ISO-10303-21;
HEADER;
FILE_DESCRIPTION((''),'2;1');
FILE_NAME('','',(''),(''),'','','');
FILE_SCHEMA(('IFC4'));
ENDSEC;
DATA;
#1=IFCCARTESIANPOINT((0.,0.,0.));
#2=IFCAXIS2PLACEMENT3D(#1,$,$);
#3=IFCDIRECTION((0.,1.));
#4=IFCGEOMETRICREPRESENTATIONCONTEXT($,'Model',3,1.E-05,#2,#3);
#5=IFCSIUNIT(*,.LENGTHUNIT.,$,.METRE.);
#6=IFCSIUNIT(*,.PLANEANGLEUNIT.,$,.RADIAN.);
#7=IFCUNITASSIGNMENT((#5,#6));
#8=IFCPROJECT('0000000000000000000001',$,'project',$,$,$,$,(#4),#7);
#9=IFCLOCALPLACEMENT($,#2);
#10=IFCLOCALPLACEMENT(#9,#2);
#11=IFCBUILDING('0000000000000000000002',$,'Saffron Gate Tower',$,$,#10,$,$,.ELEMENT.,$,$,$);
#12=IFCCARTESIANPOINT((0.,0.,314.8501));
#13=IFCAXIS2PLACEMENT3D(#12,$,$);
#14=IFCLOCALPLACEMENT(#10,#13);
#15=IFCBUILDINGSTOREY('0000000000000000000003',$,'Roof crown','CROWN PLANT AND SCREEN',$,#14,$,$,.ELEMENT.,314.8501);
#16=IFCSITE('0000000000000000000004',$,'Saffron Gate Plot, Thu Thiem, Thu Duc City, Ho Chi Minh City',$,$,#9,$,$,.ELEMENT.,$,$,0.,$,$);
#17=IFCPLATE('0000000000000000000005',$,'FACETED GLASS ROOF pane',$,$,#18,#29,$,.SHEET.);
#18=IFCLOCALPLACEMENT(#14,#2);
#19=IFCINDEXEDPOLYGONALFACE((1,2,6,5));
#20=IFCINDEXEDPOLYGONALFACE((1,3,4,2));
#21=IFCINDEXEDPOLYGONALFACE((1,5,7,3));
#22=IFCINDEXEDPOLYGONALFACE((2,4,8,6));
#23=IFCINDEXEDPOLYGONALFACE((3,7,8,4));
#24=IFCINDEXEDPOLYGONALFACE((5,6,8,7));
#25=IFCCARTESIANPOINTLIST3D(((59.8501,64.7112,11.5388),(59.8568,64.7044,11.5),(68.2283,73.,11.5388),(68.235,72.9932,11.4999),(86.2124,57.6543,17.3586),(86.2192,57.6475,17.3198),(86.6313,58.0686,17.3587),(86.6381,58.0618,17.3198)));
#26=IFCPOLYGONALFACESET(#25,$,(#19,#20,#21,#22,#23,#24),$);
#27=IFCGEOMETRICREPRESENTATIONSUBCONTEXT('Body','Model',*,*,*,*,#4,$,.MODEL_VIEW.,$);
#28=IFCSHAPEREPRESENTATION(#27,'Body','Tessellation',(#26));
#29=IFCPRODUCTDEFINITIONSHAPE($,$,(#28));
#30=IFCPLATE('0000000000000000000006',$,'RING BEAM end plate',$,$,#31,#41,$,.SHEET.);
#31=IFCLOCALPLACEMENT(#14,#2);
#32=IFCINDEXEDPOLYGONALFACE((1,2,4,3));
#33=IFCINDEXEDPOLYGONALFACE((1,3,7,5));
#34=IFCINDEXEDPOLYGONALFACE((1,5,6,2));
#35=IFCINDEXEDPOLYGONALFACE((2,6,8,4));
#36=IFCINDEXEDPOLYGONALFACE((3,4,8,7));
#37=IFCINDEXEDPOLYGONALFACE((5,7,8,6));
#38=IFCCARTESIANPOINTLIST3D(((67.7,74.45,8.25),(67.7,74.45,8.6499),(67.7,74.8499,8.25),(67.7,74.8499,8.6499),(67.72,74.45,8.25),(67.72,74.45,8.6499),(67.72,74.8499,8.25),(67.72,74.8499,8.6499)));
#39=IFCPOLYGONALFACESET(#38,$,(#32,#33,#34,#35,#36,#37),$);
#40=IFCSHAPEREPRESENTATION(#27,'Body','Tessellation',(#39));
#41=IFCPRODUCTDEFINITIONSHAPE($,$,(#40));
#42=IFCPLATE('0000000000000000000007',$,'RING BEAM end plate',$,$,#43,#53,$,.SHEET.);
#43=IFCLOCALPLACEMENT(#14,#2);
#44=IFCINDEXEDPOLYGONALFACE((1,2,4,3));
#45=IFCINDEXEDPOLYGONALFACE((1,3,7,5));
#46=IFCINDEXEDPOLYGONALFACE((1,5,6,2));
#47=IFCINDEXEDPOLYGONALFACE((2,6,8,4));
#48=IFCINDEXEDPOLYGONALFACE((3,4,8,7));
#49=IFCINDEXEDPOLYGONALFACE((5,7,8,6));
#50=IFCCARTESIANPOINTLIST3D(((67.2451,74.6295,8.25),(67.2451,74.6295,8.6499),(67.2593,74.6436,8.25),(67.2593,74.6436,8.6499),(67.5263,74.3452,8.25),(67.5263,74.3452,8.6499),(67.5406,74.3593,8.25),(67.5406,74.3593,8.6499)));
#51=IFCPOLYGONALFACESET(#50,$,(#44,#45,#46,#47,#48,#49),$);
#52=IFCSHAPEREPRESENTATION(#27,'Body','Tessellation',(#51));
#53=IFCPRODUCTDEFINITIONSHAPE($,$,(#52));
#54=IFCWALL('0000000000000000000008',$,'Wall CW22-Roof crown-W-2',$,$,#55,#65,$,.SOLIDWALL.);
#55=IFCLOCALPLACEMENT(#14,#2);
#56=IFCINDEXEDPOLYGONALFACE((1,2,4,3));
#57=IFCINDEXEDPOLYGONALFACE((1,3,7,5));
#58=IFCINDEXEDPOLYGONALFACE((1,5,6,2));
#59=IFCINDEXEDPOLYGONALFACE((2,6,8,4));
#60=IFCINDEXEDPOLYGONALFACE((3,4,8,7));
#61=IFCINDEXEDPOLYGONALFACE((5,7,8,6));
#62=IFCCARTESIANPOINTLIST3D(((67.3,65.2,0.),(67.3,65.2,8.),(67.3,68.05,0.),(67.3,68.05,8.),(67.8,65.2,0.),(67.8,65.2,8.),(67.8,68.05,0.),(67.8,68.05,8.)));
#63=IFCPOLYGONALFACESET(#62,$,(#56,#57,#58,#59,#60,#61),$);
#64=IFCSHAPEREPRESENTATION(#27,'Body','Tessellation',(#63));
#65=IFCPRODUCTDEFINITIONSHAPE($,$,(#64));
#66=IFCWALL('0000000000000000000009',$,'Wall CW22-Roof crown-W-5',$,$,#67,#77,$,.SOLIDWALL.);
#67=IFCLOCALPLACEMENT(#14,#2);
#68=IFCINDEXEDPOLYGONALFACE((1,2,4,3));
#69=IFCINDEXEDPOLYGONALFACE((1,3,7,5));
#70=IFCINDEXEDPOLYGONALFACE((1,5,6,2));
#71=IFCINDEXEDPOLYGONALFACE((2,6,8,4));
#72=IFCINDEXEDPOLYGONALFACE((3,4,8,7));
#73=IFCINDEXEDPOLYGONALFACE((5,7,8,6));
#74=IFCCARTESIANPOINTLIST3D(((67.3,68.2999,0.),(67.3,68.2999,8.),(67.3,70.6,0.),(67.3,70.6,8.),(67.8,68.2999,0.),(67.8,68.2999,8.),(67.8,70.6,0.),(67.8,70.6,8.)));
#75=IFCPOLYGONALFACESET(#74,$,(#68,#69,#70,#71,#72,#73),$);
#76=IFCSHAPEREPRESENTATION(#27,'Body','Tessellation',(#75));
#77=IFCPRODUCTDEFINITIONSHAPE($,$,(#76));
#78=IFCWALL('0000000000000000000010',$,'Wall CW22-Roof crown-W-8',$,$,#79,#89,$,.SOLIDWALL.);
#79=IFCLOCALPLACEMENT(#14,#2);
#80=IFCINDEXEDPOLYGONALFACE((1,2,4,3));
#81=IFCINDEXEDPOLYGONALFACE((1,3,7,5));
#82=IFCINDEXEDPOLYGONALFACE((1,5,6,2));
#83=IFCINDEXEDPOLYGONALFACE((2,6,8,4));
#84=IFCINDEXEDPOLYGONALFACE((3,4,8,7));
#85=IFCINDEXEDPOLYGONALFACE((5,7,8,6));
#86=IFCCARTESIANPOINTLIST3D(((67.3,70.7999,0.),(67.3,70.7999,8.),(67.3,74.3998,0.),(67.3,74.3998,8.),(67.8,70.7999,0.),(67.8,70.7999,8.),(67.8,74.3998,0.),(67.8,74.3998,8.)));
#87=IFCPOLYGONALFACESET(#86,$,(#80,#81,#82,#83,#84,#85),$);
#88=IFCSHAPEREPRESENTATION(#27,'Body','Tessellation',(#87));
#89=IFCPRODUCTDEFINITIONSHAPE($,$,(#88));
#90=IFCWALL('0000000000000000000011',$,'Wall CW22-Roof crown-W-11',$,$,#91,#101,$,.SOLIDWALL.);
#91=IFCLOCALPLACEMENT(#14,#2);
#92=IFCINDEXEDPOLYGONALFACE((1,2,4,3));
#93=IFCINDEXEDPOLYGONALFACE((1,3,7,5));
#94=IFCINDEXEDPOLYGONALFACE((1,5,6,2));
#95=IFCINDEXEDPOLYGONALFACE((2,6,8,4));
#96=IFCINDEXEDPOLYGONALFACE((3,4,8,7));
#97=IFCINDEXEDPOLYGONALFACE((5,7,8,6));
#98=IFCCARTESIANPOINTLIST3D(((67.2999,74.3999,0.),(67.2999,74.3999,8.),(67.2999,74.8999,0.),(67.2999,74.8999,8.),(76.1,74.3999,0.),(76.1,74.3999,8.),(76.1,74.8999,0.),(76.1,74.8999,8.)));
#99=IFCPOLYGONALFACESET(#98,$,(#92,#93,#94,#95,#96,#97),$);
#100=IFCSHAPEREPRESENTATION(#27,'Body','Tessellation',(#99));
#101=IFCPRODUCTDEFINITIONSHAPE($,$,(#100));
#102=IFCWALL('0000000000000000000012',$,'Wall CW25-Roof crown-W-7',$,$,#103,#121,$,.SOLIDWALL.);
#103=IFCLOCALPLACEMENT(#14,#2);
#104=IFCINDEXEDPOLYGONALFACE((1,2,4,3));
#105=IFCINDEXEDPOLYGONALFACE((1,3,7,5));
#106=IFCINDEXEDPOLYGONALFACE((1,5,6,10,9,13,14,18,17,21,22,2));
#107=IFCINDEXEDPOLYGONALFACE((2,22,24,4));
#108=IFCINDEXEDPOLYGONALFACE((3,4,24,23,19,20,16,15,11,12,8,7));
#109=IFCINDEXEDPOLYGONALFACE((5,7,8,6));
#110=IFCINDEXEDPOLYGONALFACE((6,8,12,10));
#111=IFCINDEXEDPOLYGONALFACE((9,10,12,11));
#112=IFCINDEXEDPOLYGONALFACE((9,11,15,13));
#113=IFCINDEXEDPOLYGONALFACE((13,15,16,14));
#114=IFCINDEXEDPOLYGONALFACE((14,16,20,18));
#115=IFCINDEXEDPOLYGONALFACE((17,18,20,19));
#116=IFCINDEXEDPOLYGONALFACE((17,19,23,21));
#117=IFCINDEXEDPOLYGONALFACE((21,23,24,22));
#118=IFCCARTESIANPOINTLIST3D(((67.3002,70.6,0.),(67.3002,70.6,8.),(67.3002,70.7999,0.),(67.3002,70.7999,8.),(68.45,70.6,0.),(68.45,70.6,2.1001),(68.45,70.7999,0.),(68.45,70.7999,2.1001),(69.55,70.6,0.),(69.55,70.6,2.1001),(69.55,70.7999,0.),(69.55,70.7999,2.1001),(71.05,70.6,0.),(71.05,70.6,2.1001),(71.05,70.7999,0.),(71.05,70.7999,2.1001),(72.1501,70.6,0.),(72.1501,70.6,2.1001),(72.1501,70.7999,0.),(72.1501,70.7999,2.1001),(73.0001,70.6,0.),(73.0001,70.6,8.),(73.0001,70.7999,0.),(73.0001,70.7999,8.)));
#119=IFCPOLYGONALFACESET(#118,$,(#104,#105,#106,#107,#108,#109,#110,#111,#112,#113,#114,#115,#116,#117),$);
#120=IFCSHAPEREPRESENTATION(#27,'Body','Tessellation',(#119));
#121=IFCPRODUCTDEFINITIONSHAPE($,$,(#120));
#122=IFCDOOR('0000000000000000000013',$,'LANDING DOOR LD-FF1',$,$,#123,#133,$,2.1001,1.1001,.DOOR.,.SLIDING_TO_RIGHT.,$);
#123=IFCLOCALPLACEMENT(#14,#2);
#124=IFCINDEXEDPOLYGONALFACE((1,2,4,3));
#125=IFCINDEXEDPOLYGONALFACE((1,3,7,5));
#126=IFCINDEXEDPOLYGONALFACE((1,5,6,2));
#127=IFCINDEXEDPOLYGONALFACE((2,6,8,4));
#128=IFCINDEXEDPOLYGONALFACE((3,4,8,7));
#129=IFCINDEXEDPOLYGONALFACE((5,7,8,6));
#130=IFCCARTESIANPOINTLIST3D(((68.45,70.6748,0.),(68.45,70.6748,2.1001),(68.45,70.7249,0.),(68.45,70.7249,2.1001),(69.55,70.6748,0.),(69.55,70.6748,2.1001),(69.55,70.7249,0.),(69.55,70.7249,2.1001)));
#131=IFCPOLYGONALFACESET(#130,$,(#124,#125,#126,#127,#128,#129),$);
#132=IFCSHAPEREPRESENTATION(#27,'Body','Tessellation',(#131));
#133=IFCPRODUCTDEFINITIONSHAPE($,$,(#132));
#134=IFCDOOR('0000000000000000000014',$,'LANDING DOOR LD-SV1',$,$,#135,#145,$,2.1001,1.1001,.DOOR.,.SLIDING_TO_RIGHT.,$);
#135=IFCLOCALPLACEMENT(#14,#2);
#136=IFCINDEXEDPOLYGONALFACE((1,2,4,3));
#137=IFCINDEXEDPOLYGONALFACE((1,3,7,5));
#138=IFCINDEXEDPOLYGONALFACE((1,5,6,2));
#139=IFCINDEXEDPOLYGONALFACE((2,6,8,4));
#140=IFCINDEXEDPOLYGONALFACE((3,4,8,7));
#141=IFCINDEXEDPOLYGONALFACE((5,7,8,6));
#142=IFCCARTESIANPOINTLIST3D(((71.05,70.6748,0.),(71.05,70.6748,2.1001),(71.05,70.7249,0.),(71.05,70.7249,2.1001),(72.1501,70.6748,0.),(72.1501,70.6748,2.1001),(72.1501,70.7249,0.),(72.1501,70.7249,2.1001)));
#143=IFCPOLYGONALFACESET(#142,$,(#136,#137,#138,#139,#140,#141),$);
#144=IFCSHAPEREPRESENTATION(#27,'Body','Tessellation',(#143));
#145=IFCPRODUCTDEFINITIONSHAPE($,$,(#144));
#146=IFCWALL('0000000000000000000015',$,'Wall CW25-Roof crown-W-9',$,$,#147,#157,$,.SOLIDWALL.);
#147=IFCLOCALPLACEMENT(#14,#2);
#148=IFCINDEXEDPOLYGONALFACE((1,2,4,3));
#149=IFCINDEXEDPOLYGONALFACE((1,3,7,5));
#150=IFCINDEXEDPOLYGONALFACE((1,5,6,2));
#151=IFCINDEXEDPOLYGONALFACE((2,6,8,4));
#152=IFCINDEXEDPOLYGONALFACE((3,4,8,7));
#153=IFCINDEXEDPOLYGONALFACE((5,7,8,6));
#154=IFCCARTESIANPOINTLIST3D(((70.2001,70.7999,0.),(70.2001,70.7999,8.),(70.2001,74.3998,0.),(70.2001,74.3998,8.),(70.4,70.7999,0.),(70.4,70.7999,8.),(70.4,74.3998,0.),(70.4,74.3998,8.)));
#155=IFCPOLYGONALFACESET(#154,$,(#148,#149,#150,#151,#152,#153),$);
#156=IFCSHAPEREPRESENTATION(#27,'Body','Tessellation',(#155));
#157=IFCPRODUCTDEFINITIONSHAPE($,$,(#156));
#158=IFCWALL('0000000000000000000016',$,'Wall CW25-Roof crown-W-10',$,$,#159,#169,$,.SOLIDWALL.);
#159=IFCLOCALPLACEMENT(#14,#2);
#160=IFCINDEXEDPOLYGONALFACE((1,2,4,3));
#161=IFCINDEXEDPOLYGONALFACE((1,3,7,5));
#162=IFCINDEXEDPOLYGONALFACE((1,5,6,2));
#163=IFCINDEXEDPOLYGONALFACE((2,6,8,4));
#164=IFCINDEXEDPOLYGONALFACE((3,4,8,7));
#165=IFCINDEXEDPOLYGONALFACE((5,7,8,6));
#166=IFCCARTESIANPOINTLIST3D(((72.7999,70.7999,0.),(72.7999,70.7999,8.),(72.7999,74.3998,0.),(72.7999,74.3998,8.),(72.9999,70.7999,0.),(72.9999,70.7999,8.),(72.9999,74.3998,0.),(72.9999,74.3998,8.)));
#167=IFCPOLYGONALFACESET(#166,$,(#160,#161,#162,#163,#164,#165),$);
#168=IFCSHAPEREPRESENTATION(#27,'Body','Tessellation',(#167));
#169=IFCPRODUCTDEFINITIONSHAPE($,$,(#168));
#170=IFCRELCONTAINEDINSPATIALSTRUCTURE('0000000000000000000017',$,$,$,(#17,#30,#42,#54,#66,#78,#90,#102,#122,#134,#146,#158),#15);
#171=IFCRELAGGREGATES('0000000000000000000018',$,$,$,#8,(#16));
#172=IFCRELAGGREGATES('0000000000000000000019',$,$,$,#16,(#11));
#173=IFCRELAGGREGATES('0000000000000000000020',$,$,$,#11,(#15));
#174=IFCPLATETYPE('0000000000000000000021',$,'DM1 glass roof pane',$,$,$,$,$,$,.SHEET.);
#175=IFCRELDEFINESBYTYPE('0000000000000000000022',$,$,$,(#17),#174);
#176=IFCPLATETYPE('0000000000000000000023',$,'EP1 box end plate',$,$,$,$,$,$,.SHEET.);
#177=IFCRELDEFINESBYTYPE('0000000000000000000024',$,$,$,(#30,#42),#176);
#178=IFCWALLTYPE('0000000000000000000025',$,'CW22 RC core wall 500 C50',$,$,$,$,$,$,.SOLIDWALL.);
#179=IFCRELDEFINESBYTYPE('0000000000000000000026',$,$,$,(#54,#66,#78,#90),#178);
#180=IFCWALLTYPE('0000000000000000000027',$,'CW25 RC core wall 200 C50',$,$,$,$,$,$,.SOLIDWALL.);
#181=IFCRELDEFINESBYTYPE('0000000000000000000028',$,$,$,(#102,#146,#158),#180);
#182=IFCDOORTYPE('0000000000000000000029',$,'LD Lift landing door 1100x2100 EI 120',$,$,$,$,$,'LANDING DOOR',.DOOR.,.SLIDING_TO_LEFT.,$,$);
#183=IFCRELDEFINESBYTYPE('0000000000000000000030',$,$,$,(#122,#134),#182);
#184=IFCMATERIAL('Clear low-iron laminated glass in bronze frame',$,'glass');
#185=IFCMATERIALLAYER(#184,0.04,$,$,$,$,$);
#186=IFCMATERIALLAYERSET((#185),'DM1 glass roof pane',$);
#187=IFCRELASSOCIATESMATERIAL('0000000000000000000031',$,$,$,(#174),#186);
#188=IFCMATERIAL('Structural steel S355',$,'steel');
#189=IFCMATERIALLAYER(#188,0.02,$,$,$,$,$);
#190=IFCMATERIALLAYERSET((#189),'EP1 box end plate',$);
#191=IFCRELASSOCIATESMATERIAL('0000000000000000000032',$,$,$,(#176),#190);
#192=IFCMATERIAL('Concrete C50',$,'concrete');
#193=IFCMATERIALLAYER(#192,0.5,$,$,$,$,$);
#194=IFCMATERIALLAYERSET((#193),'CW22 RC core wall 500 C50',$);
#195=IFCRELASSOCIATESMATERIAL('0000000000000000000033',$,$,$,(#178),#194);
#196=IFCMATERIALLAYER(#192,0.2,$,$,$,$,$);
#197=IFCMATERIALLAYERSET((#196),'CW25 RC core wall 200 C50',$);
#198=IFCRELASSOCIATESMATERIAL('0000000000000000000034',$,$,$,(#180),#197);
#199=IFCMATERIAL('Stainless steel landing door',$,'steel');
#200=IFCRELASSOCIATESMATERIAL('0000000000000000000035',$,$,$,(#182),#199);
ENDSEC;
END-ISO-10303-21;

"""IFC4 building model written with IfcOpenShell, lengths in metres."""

from ifc_helpers import new_model, si_unit, direction, frame, frame_2d, origin, origin_2d, place, context, subcontext, project, spatial, polyline, rectangle, outline, extrude, material, layer, layer_set, type_object, element, fill, save


model = new_model("IFC4")

# Units and contexts
model_context = context("Model", 3, precision=1e-05, world=origin(), true_north=direction((0.0, 1.0)))
body_context = subcontext(model_context, "Body", "Model", "MODEL_VIEW")
ifc_project = project(units=[si_unit("LENGTHUNIT", "METRE"), si_unit("PLANEANGLEUNIT", "RADIAN")], contexts=[model_context])

# Site, building, storey
site_placement = place(None, origin())
site = spatial("IfcSite", under=ifc_project, at=site_placement, Name="Saffron Gate Plot, Thu Thiem, Thu Duc City, Ho Chi Minh City", CompositionType="ELEMENT", RefElevation=0.0)
building_placement = place(site_placement, origin())
building = spatial("IfcBuilding", under=site, at=building_placement, Name="Saffron Gate Tower", CompositionType="ELEMENT")
storey_placement = place(building_placement, frame((0.0, 0.0, 314.8501)))
storey = spatial("IfcBuildingStorey", under=building, at=storey_placement, Name="Roof crown", Description="CROWN PLANT AND SCREEN", CompositionType="ELEMENT", Elevation=314.8501)

# Shared definitions
ifc_material_1 = material(Name="Structural steel S355", Category="steel")

# Plates
ifc_material_2 = material(Name="Clear low-iron laminated glass in bronze frame", Category="glass")
ifc_layer_1 = layer(ifc_material_2, 0.04)
ifc_layer_set_1 = layer_set([ifc_layer_1], Name="DM1 glass roof pane")
plate_type_1 = type_object("IfcPlateType", Name="DM1 glass roof pane", PredefinedType="SHEET", material=ifc_layer_set_1)
plate_1_placement = place(storey_placement, frame((68.2283, 73.0, 11.5388), z_axis=(-0.168678, 0.1705, 0.970813), x_axis=(-0.710888, -0.703305, 0.000002)))
element("IfcPlate", 1, at=plate_1_placement, inside=storey, type_object=plate_type_1, Name="FACETED GLASS ROOF pane", PredefinedType="SHEET", context=body_context, shape_type="SweptSolid", body=[
    extrude(outline(polyline([(0.0, 0.0), (11.7855, 0.0), (-1.992, 24.2657), (-2.5812, 24.2658), (0.0, 0.0)])), origin(), (0.0, 0.0, -1.0), 0.04),
])
ifc_layer_2 = layer(ifc_material_1, 0.02)
ifc_layer_set_2 = layer_set([ifc_layer_2], Name="EP1 box end plate")
plate_type_2 = type_object("IfcPlateType", Name="EP1 box end plate", PredefinedType="SHEET", material=ifc_layer_set_2)
for number, where, z_axis, x_axis, name in (
    (2, (67.71, 74.6499, 8.25), (0.0, 0.0, 1.0), (-1.0, 0.0, 0.0), "RING BEAM end plate"),
    (3, (67.3928, 74.4944, 8.25), (0.0, 0.0, 1.0), (-0.710903, -0.70329, 0.0), "RING BEAM end plate"),
):
    element("IfcPlate", number, at=place(storey_placement, frame(where, z_axis=z_axis, x_axis=x_axis)), inside=storey, type_object=plate_type_2, Name=name, PredefinedType="SHEET", context=body_context, shape_type="SweptSolid", body=[
        extrude(rectangle(XDim=0.02, YDim=0.3999, at=origin_2d()), origin(), (0.0, 0.0, 1.0), 0.3999),
    ])

# Walls
ifc_material_3 = material(Name="Concrete C50", Category="concrete")
ifc_layer_3 = layer(ifc_material_3, 0.5)
ifc_layer_set_3 = layer_set([ifc_layer_3], Name="CW22 RC core wall 500 C50")
wall_type_1 = type_object("IfcWallType", Name="CW22 RC core wall 500 C50", PredefinedType="SOLIDWALL", material=ifc_layer_set_3)
wall_1_placement = place(storey_placement, frame((67.55, 65.2, 0.0), z_axis=(0.0, 0.0, 1.0), x_axis=(0.0, 1.0, 0.0)))
element("IfcWall", 4, at=wall_1_placement, inside=storey, type_object=wall_type_1, Name="Wall CW22-Roof crown-W-2", PredefinedType="SOLIDWALL", context=body_context, shape_type="SweptSolid", body=[
    extrude(rectangle(XDim=2.8501, YDim=0.5, at=frame_2d((1.425, 0.0))), origin(), (0.0, 0.0, 1.0), 8.0),
])
wall_2_placement = place(storey_placement, frame((67.55, 68.3, 0.0), z_axis=(0.0, 0.0, 1.0), x_axis=(0.0, 1.0, 0.0)))
element("IfcWall", 5, at=wall_2_placement, inside=storey, type_object=wall_type_1, Name="Wall CW22-Roof crown-W-5", PredefinedType="SOLIDWALL", context=body_context, shape_type="SweptSolid", body=[
    extrude(rectangle(XDim=2.3, YDim=0.5, at=frame_2d((1.1499, 0.0))), origin(), (0.0, 0.0, 1.0), 8.0),
])
wall_3_placement = place(storey_placement, frame((67.55, 70.8, 0.0), z_axis=(0.0, 0.0, 1.0), x_axis=(0.0, 1.0, 0.0)))
element("IfcWall", 6, at=wall_3_placement, inside=storey, type_object=wall_type_1, Name="Wall CW22-Roof crown-W-8", PredefinedType="SOLIDWALL", context=body_context, shape_type="SweptSolid", body=[
    extrude(rectangle(XDim=3.5999, YDim=0.5, at=frame_2d((1.7998, 0.0))), origin(), (0.0, 0.0, 1.0), 8.0),
])
wall_4_placement = place(storey_placement, frame((67.3, 74.6499, 0.0), z_axis=(0.0, 0.0, 1.0), x_axis=(1.0, 0.0, 0.0)))
element("IfcWall", 7, at=wall_4_placement, inside=storey, type_object=wall_type_1, Name="Wall CW22-Roof crown-W-11", PredefinedType="SOLIDWALL", context=body_context, shape_type="SweptSolid", body=[
    extrude(rectangle(XDim=8.8, YDim=0.5, at=frame_2d((4.3999, 0.0))), origin(), (0.0, 0.0, 1.0), 8.0),
])

# Wall, openings, doors
ifc_layer_4 = layer(ifc_material_3, 0.2)
ifc_layer_set_4 = layer_set([ifc_layer_4], Name="CW25 RC core wall 200 C50")
wall_type_2 = type_object("IfcWallType", Name="CW25 RC core wall 200 C50", PredefinedType="SOLIDWALL", material=ifc_layer_set_4)
wall_5_placement = place(storey_placement, frame((67.3, 70.7, 0.0), z_axis=(0.0, 0.0, 1.0), x_axis=(1.0, 0.0, 0.0)))
wall_5 = element("IfcWall", 8, at=wall_5_placement, inside=storey, type_object=wall_type_2, Name="Wall CW25-Roof crown-W-7", PredefinedType="SOLIDWALL", context=body_context, shape_type="SweptSolid", body=[
    extrude(rectangle(XDim=5.7, YDim=0.2, at=frame_2d((2.8501, 0.0))), origin(), (0.0, 0.0, 1.0), 8.0),
])
opening_1_placement = place(wall_5_placement, frame((1.1499, 0.0, 0.0)))
opening_1 = element("IfcOpeningElement", 9, at=opening_1_placement, cuts=wall_5, PredefinedType="OPENING", context=body_context, shape_type="SweptSolid", body=[
    extrude(rectangle(XDim=1.1001, YDim=2.1001, at=frame_2d((0.55, 1.05))), frame((0.0, 0.1099, 0.0), z_axis=(0.0, -1.0, 0.0), x_axis=(1.0, 0.0, 0.0)), (0.0, 0.0, 1.0), 0.22),
])
opening_2_placement = place(wall_5_placement, frame((3.75, 0.0, 0.0)))
opening_2 = element("IfcOpeningElement", 10, at=opening_2_placement, cuts=wall_5, PredefinedType="OPENING", context=body_context, shape_type="SweptSolid", body=[
    extrude(rectangle(XDim=1.1001, YDim=2.1001, at=frame_2d((0.55, 1.05))), frame((0.0, 0.1099, 0.0), z_axis=(0.0, -1.0, 0.0), x_axis=(1.0, 0.0, 0.0)), (0.0, 0.0, 1.0), 0.22),
])
ifc_material_4 = material(Name="Stainless steel landing door", Category="steel")
door_type = type_object("IfcDoorType", Name="LD Lift landing door 1100x2100 EI 120", ElementType="LANDING DOOR", OperationType="SLIDING_TO_LEFT", PredefinedType="DOOR", material=ifc_material_4)
door_1_placement = place(opening_1_placement, origin())
door_1 = element("IfcDoor", 11, at=door_1_placement, inside=storey, type_object=door_type, Name="LANDING DOOR LD-FF1", OperationType="SLIDING_TO_RIGHT", OverallHeight=2.1001, OverallWidth=1.1001, PredefinedType="DOOR", context=body_context, shape_type="SweptSolid", body=[
    extrude(rectangle(XDim=1.1001, YDim=2.1001, at=frame_2d((0.55, 1.05))), frame((0.0, 0.0249, 0.0), z_axis=(0.0, -1.0, 0.0), x_axis=(1.0, 0.0, 0.0)), (0.0, 0.0, 1.0), 0.05),
])
fill(opening_1, door_1)
door_2_placement = place(opening_2_placement, origin())
door_2 = element("IfcDoor", 12, at=door_2_placement, inside=storey, type_object=door_type, Name="LANDING DOOR LD-SV1", OperationType="SLIDING_TO_RIGHT", OverallHeight=2.1001, OverallWidth=1.1001, PredefinedType="DOOR", context=body_context, shape_type="SweptSolid", body=[
    extrude(rectangle(XDim=1.1001, YDim=2.1001, at=frame_2d((0.55, 1.05))), frame((0.0, 0.0249, 0.0), z_axis=(0.0, -1.0, 0.0), x_axis=(1.0, 0.0, 0.0)), (0.0, 0.0, 1.0), 0.05),
])
fill(opening_2, door_2)

# Walls
for number, where, z_axis, x_axis, name in (
    (13, (70.3, 70.8, 0.0), (0.0, 0.0, 1.0), (0.0, 1.0, 0.0), "Wall CW25-Roof crown-W-9"),
    (14, (72.8999, 70.8, 0.0), (0.0, 0.0, 1.0), (0.0, 1.0, 0.0), "Wall CW25-Roof crown-W-10"),
):
    element("IfcWall", number, at=place(storey_placement, frame(where, z_axis=z_axis, x_axis=x_axis)), inside=storey, type_object=wall_type_2, Name=name, PredefinedType="SOLIDWALL", context=body_context, shape_type="SweptSolid", body=[
        extrude(rectangle(XDim=3.5999, YDim=0.2, at=frame_2d((1.7998, 0.0))), origin(), (0.0, 0.0, 1.0), 8.0),
    ])

save(model, "model.ifc")
